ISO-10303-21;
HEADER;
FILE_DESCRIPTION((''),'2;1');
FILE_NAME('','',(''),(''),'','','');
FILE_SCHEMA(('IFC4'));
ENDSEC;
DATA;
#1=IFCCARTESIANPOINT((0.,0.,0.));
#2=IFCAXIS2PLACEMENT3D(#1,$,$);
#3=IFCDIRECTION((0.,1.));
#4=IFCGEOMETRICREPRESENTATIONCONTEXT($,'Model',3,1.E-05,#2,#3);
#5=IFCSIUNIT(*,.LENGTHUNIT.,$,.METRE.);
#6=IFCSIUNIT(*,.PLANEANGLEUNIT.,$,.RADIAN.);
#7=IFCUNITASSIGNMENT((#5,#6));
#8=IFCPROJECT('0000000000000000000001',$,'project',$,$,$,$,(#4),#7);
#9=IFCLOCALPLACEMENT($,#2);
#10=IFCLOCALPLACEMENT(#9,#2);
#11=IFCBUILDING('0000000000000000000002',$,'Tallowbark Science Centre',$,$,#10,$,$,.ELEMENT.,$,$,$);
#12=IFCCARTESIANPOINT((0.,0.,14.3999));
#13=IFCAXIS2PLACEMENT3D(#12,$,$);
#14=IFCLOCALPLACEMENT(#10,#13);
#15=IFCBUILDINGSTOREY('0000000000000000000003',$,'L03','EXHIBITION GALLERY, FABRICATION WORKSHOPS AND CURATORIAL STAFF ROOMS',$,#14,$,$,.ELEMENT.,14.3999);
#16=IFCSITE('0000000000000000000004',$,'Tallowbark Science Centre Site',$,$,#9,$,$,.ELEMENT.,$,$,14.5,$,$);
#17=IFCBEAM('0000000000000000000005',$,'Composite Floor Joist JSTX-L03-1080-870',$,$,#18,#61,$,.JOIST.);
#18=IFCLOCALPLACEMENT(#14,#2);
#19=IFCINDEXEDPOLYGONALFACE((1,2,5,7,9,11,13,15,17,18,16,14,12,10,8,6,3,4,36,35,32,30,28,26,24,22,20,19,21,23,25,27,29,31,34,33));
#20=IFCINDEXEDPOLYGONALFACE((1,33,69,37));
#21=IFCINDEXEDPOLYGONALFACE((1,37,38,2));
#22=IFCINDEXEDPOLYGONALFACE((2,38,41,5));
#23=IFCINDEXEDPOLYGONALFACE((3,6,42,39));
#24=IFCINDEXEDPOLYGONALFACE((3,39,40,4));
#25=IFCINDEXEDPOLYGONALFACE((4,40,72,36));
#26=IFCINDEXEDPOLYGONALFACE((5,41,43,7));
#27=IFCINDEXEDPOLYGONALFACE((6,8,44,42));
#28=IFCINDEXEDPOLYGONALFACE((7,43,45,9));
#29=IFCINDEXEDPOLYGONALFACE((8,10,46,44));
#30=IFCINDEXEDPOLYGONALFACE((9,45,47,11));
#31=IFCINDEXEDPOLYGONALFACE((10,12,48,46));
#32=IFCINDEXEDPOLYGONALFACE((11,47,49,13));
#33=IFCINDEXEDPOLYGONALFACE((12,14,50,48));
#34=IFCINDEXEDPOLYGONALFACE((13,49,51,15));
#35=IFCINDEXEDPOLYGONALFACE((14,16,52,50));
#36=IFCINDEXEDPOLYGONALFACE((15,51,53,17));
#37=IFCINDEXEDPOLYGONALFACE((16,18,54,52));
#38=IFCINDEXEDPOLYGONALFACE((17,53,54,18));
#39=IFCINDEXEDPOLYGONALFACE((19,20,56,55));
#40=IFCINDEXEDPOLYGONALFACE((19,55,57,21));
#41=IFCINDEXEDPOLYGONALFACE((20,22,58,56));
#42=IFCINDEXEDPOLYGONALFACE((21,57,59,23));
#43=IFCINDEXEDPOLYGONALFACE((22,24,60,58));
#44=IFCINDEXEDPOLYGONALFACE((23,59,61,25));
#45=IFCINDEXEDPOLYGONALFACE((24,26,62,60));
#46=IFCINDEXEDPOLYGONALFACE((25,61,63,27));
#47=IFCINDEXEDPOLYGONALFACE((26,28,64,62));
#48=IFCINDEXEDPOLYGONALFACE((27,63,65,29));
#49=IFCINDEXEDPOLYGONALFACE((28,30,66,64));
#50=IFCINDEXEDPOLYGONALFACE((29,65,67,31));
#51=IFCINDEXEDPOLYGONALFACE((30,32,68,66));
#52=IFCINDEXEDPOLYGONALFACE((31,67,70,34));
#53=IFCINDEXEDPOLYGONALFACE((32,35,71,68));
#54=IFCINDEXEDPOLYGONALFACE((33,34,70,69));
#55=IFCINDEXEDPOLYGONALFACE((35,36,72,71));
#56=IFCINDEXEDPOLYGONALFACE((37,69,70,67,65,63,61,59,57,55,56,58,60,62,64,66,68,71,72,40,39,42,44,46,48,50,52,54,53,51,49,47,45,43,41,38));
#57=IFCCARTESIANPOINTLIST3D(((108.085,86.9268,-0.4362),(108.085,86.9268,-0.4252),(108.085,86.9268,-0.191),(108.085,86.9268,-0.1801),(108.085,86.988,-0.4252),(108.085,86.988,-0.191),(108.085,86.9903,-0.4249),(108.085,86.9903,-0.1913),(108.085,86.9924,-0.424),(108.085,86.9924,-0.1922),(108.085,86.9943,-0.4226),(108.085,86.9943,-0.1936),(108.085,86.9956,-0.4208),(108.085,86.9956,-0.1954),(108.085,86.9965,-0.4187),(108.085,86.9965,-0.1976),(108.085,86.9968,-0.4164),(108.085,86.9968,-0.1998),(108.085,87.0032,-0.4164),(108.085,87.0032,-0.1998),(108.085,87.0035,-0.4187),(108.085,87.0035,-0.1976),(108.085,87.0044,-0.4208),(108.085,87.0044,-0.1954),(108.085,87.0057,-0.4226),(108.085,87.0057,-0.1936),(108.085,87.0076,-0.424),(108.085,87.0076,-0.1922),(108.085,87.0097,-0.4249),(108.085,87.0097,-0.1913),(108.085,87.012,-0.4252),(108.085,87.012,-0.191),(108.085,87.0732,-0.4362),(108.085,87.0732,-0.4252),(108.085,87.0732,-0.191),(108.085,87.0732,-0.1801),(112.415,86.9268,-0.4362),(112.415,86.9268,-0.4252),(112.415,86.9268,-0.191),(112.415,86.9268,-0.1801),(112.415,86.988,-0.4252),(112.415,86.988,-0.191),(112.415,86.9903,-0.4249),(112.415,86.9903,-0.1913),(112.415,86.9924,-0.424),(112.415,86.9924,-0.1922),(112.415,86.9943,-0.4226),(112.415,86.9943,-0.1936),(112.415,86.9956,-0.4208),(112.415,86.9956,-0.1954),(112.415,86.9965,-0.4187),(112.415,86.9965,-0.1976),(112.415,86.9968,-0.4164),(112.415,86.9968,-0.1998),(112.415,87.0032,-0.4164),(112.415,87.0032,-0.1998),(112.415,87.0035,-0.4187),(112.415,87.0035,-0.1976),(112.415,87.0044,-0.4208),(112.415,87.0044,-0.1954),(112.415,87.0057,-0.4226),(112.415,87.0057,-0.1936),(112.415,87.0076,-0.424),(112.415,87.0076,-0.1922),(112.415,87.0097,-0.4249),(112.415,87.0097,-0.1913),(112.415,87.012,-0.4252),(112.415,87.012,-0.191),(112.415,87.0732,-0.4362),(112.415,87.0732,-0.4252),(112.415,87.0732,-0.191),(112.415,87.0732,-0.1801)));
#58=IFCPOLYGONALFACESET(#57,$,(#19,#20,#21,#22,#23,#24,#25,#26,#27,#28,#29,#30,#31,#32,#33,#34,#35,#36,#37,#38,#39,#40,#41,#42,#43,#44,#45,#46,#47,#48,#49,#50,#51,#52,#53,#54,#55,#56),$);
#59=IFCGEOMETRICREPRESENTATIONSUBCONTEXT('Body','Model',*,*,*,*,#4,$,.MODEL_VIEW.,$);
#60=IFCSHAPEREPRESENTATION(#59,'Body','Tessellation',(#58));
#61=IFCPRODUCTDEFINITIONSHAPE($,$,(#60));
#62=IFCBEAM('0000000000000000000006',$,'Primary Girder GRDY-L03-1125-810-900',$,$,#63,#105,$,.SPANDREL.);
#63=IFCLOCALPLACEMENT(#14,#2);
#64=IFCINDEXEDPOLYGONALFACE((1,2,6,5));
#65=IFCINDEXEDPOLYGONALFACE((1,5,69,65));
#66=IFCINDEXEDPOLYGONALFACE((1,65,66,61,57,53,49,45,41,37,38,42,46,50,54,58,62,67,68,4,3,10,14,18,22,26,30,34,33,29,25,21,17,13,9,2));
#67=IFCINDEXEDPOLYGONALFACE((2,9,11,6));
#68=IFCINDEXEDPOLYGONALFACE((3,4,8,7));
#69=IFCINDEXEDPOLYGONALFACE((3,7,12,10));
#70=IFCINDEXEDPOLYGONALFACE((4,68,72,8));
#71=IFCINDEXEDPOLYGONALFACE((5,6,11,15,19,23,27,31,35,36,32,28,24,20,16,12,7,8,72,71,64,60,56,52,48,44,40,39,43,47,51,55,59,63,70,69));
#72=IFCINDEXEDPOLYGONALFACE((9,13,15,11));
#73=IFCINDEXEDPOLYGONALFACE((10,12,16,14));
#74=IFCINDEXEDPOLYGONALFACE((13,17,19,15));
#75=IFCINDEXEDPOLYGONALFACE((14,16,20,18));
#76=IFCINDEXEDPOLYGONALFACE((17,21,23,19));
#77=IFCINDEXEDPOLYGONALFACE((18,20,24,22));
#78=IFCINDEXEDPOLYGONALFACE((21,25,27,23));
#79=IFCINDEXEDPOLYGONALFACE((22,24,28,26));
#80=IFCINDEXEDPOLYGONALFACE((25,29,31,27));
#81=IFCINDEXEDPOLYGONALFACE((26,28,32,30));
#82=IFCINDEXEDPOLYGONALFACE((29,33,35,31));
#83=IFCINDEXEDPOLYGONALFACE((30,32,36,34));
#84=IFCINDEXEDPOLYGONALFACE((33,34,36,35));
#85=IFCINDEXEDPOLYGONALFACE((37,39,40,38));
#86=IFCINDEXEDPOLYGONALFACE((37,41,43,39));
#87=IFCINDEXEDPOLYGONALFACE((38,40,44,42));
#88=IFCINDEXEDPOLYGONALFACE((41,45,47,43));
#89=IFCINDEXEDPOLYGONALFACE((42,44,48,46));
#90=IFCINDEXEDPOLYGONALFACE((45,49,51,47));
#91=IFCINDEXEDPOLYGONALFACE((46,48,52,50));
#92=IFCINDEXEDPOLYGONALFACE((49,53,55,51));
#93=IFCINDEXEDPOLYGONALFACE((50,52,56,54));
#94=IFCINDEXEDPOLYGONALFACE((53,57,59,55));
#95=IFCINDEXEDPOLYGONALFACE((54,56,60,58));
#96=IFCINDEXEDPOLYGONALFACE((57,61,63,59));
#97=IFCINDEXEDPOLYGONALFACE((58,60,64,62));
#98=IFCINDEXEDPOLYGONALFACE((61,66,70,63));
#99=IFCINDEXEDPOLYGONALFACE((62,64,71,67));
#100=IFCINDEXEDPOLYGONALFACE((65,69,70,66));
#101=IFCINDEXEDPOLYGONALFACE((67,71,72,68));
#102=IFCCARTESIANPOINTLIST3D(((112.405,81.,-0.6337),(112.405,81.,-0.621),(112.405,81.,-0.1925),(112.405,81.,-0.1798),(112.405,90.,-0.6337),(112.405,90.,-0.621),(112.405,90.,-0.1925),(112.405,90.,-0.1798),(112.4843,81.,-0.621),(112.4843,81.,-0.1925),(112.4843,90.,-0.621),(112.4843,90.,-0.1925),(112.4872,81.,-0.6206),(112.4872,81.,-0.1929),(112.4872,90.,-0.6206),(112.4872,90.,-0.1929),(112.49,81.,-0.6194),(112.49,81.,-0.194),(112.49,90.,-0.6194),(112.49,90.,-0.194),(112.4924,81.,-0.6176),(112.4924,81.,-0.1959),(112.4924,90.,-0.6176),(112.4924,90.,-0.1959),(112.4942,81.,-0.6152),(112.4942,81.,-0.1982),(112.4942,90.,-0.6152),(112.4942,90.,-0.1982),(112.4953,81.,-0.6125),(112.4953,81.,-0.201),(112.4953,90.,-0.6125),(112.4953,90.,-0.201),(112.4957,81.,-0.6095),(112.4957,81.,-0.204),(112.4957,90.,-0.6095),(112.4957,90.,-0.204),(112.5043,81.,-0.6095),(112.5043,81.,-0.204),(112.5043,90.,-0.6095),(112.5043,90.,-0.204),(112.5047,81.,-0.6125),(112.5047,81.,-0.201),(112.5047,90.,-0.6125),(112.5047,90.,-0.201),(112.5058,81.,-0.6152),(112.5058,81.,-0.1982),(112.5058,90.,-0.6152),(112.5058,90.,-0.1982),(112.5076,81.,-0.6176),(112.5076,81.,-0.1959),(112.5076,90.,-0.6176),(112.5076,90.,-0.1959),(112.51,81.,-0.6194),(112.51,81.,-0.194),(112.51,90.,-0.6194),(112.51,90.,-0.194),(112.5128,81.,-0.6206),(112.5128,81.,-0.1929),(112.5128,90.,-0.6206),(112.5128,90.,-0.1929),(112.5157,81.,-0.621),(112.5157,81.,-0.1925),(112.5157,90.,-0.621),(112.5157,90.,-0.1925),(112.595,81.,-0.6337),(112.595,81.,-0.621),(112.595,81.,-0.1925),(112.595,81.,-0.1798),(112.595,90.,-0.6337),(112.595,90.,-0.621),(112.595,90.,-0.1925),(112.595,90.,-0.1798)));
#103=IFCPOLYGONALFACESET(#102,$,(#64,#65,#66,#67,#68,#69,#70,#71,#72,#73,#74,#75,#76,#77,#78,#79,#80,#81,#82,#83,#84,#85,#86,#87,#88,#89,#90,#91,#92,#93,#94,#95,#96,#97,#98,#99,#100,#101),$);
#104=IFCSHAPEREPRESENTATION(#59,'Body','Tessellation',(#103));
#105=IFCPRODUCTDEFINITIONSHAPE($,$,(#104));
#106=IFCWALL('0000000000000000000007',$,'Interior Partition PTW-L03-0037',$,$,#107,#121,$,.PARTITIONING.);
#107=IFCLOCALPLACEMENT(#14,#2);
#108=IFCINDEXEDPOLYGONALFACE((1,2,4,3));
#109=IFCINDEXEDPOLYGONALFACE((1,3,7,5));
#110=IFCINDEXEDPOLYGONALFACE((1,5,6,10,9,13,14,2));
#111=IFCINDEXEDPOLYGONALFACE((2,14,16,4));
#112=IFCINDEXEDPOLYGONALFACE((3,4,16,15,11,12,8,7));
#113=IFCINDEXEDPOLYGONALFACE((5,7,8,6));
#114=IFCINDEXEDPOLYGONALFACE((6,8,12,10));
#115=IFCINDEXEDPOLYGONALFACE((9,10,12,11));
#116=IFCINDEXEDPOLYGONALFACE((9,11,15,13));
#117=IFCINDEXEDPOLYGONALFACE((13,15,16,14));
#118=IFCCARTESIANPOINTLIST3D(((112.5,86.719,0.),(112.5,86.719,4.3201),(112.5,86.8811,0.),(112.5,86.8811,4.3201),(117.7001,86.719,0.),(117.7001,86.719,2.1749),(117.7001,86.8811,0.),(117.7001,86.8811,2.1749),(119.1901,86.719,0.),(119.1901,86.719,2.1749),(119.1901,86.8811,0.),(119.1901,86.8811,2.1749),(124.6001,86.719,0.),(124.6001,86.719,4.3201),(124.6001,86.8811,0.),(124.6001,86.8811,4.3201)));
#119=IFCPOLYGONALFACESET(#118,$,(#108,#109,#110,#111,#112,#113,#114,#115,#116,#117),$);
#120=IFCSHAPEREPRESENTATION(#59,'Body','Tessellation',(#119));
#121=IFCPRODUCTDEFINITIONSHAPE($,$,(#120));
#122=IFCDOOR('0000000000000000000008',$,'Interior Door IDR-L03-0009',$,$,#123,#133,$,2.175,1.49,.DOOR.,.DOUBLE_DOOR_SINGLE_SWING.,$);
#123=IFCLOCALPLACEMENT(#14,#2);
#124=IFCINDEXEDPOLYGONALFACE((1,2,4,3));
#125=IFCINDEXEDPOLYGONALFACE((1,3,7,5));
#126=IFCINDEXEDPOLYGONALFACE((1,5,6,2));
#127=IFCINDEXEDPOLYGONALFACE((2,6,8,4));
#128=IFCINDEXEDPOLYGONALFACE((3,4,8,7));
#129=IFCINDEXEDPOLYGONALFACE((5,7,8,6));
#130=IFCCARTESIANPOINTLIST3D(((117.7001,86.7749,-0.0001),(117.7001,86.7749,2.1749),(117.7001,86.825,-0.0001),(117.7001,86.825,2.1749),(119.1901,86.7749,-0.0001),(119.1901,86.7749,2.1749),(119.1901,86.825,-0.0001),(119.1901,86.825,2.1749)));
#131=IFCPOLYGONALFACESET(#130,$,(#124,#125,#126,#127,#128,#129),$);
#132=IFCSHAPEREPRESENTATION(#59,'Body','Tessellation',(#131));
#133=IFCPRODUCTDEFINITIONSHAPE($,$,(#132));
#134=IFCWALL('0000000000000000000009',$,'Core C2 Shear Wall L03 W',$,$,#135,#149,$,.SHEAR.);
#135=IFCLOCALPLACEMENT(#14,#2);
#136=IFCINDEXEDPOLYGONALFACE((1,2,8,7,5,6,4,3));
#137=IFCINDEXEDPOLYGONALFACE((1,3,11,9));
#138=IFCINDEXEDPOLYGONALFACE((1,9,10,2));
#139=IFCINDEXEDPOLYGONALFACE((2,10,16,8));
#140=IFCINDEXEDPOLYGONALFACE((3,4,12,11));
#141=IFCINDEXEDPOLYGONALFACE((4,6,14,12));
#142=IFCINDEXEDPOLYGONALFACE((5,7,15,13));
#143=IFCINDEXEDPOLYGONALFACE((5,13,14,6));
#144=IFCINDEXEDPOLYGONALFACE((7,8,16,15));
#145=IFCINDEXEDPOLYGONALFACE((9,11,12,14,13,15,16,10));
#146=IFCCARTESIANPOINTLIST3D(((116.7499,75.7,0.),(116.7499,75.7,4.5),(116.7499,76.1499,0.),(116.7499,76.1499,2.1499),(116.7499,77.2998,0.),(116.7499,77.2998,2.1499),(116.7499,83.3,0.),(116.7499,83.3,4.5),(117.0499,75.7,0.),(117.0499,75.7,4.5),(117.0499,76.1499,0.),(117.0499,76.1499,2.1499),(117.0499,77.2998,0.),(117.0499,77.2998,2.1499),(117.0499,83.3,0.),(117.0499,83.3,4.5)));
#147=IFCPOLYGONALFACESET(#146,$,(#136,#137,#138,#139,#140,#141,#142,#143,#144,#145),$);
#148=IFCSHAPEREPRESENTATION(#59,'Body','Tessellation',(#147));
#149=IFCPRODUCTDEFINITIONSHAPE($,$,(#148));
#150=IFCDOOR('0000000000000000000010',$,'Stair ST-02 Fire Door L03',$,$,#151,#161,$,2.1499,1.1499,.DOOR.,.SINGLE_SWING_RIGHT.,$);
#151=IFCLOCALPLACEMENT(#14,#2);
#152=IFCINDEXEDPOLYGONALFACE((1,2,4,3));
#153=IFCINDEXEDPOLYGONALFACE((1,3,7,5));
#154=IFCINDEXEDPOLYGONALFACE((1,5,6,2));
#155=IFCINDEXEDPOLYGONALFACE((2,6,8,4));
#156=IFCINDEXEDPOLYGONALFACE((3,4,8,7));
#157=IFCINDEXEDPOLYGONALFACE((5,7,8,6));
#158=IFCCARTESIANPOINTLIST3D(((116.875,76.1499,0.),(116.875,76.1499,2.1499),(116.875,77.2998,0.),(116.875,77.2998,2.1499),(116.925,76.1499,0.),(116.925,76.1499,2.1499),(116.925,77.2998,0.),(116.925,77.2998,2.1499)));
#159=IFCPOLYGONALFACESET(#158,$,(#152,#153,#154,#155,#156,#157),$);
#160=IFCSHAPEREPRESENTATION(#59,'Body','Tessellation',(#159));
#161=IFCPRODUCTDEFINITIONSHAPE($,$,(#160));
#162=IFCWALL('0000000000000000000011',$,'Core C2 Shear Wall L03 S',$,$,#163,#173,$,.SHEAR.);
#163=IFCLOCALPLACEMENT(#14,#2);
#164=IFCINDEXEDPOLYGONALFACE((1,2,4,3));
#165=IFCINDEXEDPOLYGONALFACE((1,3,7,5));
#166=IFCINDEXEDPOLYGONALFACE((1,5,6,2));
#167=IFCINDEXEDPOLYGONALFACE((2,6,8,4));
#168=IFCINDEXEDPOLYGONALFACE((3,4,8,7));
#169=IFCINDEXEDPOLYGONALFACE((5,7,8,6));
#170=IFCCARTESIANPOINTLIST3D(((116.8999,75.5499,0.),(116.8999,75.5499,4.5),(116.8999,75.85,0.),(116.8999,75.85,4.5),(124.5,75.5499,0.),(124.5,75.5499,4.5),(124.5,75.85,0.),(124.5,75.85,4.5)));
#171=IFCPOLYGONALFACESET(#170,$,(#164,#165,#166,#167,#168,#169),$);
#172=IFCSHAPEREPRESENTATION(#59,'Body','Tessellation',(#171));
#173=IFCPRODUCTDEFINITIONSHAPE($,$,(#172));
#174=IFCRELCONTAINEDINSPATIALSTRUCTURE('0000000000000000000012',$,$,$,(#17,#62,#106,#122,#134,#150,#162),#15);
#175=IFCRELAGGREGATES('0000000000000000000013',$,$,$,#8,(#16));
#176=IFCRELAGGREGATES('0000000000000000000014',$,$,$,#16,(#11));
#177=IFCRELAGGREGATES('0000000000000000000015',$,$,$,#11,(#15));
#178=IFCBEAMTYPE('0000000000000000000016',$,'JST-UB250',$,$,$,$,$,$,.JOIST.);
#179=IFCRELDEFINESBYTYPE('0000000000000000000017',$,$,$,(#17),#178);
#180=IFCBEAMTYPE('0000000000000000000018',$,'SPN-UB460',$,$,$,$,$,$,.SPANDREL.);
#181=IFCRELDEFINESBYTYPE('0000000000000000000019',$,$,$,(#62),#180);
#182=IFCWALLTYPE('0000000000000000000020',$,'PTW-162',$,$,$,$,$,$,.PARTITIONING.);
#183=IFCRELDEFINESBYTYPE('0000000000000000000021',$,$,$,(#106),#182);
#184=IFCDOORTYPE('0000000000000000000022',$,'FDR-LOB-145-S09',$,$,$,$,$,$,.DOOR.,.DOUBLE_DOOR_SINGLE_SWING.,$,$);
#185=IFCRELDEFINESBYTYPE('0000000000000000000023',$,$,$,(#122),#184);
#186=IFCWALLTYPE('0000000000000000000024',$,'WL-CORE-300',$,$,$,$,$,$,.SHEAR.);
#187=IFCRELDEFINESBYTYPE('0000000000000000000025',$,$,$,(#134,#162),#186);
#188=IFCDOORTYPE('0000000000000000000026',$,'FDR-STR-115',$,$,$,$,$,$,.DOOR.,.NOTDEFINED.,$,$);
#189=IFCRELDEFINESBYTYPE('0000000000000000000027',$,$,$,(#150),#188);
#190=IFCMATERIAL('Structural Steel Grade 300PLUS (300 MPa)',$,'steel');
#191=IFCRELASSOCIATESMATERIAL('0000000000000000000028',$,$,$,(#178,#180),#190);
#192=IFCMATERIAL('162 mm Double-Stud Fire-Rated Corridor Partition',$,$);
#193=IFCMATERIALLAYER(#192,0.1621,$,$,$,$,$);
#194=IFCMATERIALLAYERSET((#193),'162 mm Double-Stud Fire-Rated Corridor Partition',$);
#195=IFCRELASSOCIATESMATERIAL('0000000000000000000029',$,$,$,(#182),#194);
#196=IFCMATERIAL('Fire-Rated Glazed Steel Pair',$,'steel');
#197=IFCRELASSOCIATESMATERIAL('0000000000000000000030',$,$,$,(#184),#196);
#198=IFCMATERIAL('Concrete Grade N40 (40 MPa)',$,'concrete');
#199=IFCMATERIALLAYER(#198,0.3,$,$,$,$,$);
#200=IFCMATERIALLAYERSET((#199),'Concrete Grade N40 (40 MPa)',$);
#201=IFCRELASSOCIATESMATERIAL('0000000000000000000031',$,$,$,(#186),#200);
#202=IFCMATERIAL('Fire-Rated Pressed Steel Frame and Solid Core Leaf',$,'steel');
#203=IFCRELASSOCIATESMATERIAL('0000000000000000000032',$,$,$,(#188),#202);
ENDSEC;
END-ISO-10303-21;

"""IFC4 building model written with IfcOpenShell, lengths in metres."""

from ifc_helpers import new_model, si_unit, direction, frame, frame_2d, origin, origin_2d, place, context, subcontext, project, spatial, rectangle, i_section, extrude, material, layer, layer_set, material_profile, profile_set, type_object, element, fill, save


model = new_model("IFC4")

# Units and contexts
model_context = context("Model", 3, precision=1e-05, world=origin(), true_north=direction((0.0, 1.0)))
body_context = subcontext(model_context, "Body", "Model", "MODEL_VIEW")
ifc_project = project(units=[si_unit("LENGTHUNIT", "METRE"), si_unit("PLANEANGLEUNIT", "RADIAN")], contexts=[model_context])

# Site, building, storey
site_placement = place(None, origin())
site = spatial("IfcSite", under=ifc_project, at=site_placement, Name="Tallowbark Science Centre Site", CompositionType="ELEMENT", RefElevation=14.5)
building_placement = place(site_placement, origin())
building = spatial("IfcBuilding", under=site, at=building_placement, Name="Tallowbark Science Centre", CompositionType="ELEMENT")
storey_placement = place(building_placement, frame((0.0, 0.0, 14.3999)))
storey = spatial("IfcBuildingStorey", under=building, at=storey_placement, Name="L03", Description="EXHIBITION GALLERY, FABRICATION WORKSHOPS AND CURATORIAL STAFF ROOMS", CompositionType="ELEMENT", Elevation=14.3999)

# Shared definitions
ifc_material_1 = material(Name="Structural Steel Grade 300PLUS (300 MPa)", Category="steel")

# Beams
ifc_material_2 = material(Name="Concrete Grade N40 (40 MPa)", Category="concrete")
ifc_material_profile_1 = material_profile(ifc_material_1, i_section(OverallWidth=0.1465, OverallDepth=0.2561, WebThickness=0.0063, FlangeThickness=0.011, FilletRadius=0.0088, at=origin_2d()), Name="250UB37.3")
ifc_profile_set_1 = profile_set([ifc_material_profile_1], Name="Structural Steel Grade 300PLUS (300 MPa)")
beam_type_1 = type_object("IfcBeamType", Name="JST-UB250", PredefinedType="JOIST", material=ifc_profile_set_1)
for number, where, z_axis, x_axis, name in (
    (1, (108.085, 87.0, -0.3081), (1.0, 0.0, 0.0), (0.0, 1.0, 0.0), "Composite Floor Joist JSTX-L03-1080-870"),
):
    element("IfcBeam", number, at=place(storey_placement, frame(where, z_axis=z_axis, x_axis=x_axis)), inside=storey, type_object=beam_type_1, Name=name, PredefinedType="JOIST", context=body_context, shape_type="SweptSolid", body=[
        extrude(i_section(OverallWidth=0.1465, OverallDepth=0.2561, WebThickness=0.0063, FlangeThickness=0.011, FilletRadius=0.0088, at=origin_2d()), origin(), (0.0, 0.0, 1.0), 4.3301),
    ])
ifc_material_profile_2 = material_profile(ifc_material_1, i_section(OverallWidth=0.1899, OverallDepth=0.4539, WebThickness=0.0085, FlangeThickness=0.0127, FilletRadius=0.0115, at=origin_2d()), Name="460UB67.1")
ifc_profile_set_2 = profile_set([ifc_material_profile_2], Name="Structural Steel Grade 300PLUS (300 MPa)")
beam_type_2 = type_object("IfcBeamType", Name="SPN-UB460", PredefinedType="SPANDREL", material=ifc_profile_set_2)
beam_1_placement = place(storey_placement, frame((112.5, 81.0, -0.4067), z_axis=(0.0, 1.0, 0.0), x_axis=(-1.0, 0.0, 0.0)))
element("IfcBeam", 2, at=beam_1_placement, inside=storey, type_object=beam_type_2, Name="Primary Girder GRDY-L03-1125-810-900", PredefinedType="SPANDREL", context=body_context, shape_type="SweptSolid", body=[
    extrude(i_section(OverallWidth=0.1899, OverallDepth=0.4539, WebThickness=0.0085, FlangeThickness=0.0127, FilletRadius=0.0115, at=origin_2d()), origin(), (0.0, 0.0, 1.0), 9.0),
])

# Walls, openings, doors
ifc_material_3 = material(Name="162 mm Double-Stud Fire-Rated Corridor Partition")
ifc_layer_1 = layer(ifc_material_3, 0.1621)
ifc_layer_set_1 = layer_set([ifc_layer_1], Name="162 mm Double-Stud Fire-Rated Corridor Partition")
wall_type_1 = type_object("IfcWallType", Name="PTW-162", PredefinedType="PARTITIONING", material=ifc_layer_set_1)
wall_1_placement = place(storey_placement, frame((112.5, 86.8, 0.0), z_axis=(0.0, 0.0, 1.0), x_axis=(1.0, 0.0, 0.0)))
wall_1 = element("IfcWall", 3, at=wall_1_placement, inside=storey, type_object=wall_type_1, Name="Interior Partition PTW-L03-0037", PredefinedType="PARTITIONING", context=body_context, shape_type="SweptSolid", body=[
    extrude(rectangle(XDim=12.1001, YDim=0.1621, at=frame_2d((6.05, 0.0))), origin(), (0.0, 0.0, 1.0), 4.3201),
])
opening_1_placement = place(wall_1_placement, frame((5.2, 0.0, 0.0)))
opening_1 = element("IfcOpeningElement", 4, at=opening_1_placement, cuts=wall_1, PredefinedType="OPENING", context=body_context, shape_type="SweptSolid", body=[
    extrude(rectangle(XDim=1.49, YDim=2.175, at=frame_2d((0.7451, 1.0874))), frame((0.0, 0.0911, 0.0), z_axis=(0.0, -1.0, 0.0), x_axis=(1.0, 0.0, 0.0)), (0.0, 0.0, 1.0), 0.1821),
])
ifc_material_4 = material(Name="Fire-Rated Glazed Steel Pair", Category="steel")
door_type_1 = type_object("IfcDoorType", Name="FDR-LOB-145-S09", OperationType="DOUBLE_DOOR_SINGLE_SWING", PredefinedType="DOOR", material=ifc_material_4)
door_1_placement = place(opening_1_placement, origin())
door_1 = element("IfcDoor", 5, at=door_1_placement, inside=storey, type_object=door_type_1, Name="Interior Door IDR-L03-0009", OperationType="DOUBLE_DOOR_SINGLE_SWING", OverallHeight=2.175, OverallWidth=1.49, PredefinedType="DOOR", context=body_context, shape_type="SweptSolid", body=[
    extrude(rectangle(XDim=1.49, YDim=2.175, at=frame_2d((0.7451, 1.0874))), frame((0.0, 0.0249, 0.0), z_axis=(0.0, -1.0, 0.0), x_axis=(1.0, 0.0, 0.0)), (0.0, 0.0, 1.0), 0.05),
])
fill(opening_1, door_1)
ifc_layer_2 = layer(ifc_material_2, 0.3)
ifc_layer_set_2 = layer_set([ifc_layer_2], Name="Concrete Grade N40 (40 MPa)")
wall_type_2 = type_object("IfcWallType", Name="WL-CORE-300", PredefinedType="SHEAR", material=ifc_layer_set_2)
wall_2_placement = place(storey_placement, frame((116.8999, 75.7, 0.0), z_axis=(0.0, 0.0, 1.0), x_axis=(0.0, 1.0, 0.0)))
wall_2 = element("IfcWall", 6, at=wall_2_placement, inside=storey, type_object=wall_type_2, Name="Core C2 Shear Wall L03 W", PredefinedType="SHEAR", context=body_context, shape_type="SweptSolid", body=[
    extrude(rectangle(XDim=7.6001, YDim=0.3, at=frame_2d((3.8, 0.0))), origin(), (0.0, 0.0, 1.0), 4.5),
])
opening_2_placement = place(wall_2_placement, frame((0.45, 0.0, 0.0)))
opening_2 = element("IfcOpeningElement", 7, at=opening_2_placement, cuts=wall_2, PredefinedType="OPENING", context=body_context, shape_type="SweptSolid", body=[
    extrude(rectangle(XDim=1.1499, YDim=2.1499, at=frame_2d((0.575, 1.075))), frame((0.0, 0.1602, 0.0), z_axis=(0.0, -1.0, 0.0), x_axis=(1.0, 0.0, 0.0)), (0.0, 0.0, 1.0), 0.3201),
])
ifc_material_5 = material(Name="Fire-Rated Pressed Steel Frame and Solid Core Leaf", Category="steel")
door_type_2 = type_object("IfcDoorType", Name="FDR-STR-115", OperationType="NOTDEFINED", PredefinedType="DOOR", material=ifc_material_5)
door_2_placement = place(opening_2_placement, origin())
door_2 = element("IfcDoor", 8, at=door_2_placement, inside=storey, type_object=door_type_2, Name="Stair ST-02 Fire Door L03", OperationType="SINGLE_SWING_RIGHT", OverallHeight=2.1499, OverallWidth=1.1499, PredefinedType="DOOR", context=body_context, shape_type="SweptSolid", body=[
    extrude(rectangle(XDim=1.1499, YDim=2.1499, at=frame_2d((0.575, 1.075))), frame((0.0, 0.0249, 0.0), z_axis=(0.0, -1.0, 0.0), x_axis=(1.0, 0.0, 0.0)), (0.0, 0.0, 1.0), 0.05),
])
fill(opening_2, door_2)

# Wall
wall_3_placement = place(storey_placement, frame((116.8999, 75.7, 0.0), z_axis=(0.0, 0.0, 1.0), x_axis=(1.0, 0.0, 0.0)))
element("IfcWall", 9, at=wall_3_placement, inside=storey, type_object=wall_type_2, Name="Core C2 Shear Wall L03 S", PredefinedType="SHEAR", context=body_context, shape_type="SweptSolid", body=[
    extrude(rectangle(XDim=7.6001, YDim=0.3, at=frame_2d((3.8, 0.0))), origin(), (0.0, 0.0, 1.0), 4.5),
])

save(model, "model.ifc")
